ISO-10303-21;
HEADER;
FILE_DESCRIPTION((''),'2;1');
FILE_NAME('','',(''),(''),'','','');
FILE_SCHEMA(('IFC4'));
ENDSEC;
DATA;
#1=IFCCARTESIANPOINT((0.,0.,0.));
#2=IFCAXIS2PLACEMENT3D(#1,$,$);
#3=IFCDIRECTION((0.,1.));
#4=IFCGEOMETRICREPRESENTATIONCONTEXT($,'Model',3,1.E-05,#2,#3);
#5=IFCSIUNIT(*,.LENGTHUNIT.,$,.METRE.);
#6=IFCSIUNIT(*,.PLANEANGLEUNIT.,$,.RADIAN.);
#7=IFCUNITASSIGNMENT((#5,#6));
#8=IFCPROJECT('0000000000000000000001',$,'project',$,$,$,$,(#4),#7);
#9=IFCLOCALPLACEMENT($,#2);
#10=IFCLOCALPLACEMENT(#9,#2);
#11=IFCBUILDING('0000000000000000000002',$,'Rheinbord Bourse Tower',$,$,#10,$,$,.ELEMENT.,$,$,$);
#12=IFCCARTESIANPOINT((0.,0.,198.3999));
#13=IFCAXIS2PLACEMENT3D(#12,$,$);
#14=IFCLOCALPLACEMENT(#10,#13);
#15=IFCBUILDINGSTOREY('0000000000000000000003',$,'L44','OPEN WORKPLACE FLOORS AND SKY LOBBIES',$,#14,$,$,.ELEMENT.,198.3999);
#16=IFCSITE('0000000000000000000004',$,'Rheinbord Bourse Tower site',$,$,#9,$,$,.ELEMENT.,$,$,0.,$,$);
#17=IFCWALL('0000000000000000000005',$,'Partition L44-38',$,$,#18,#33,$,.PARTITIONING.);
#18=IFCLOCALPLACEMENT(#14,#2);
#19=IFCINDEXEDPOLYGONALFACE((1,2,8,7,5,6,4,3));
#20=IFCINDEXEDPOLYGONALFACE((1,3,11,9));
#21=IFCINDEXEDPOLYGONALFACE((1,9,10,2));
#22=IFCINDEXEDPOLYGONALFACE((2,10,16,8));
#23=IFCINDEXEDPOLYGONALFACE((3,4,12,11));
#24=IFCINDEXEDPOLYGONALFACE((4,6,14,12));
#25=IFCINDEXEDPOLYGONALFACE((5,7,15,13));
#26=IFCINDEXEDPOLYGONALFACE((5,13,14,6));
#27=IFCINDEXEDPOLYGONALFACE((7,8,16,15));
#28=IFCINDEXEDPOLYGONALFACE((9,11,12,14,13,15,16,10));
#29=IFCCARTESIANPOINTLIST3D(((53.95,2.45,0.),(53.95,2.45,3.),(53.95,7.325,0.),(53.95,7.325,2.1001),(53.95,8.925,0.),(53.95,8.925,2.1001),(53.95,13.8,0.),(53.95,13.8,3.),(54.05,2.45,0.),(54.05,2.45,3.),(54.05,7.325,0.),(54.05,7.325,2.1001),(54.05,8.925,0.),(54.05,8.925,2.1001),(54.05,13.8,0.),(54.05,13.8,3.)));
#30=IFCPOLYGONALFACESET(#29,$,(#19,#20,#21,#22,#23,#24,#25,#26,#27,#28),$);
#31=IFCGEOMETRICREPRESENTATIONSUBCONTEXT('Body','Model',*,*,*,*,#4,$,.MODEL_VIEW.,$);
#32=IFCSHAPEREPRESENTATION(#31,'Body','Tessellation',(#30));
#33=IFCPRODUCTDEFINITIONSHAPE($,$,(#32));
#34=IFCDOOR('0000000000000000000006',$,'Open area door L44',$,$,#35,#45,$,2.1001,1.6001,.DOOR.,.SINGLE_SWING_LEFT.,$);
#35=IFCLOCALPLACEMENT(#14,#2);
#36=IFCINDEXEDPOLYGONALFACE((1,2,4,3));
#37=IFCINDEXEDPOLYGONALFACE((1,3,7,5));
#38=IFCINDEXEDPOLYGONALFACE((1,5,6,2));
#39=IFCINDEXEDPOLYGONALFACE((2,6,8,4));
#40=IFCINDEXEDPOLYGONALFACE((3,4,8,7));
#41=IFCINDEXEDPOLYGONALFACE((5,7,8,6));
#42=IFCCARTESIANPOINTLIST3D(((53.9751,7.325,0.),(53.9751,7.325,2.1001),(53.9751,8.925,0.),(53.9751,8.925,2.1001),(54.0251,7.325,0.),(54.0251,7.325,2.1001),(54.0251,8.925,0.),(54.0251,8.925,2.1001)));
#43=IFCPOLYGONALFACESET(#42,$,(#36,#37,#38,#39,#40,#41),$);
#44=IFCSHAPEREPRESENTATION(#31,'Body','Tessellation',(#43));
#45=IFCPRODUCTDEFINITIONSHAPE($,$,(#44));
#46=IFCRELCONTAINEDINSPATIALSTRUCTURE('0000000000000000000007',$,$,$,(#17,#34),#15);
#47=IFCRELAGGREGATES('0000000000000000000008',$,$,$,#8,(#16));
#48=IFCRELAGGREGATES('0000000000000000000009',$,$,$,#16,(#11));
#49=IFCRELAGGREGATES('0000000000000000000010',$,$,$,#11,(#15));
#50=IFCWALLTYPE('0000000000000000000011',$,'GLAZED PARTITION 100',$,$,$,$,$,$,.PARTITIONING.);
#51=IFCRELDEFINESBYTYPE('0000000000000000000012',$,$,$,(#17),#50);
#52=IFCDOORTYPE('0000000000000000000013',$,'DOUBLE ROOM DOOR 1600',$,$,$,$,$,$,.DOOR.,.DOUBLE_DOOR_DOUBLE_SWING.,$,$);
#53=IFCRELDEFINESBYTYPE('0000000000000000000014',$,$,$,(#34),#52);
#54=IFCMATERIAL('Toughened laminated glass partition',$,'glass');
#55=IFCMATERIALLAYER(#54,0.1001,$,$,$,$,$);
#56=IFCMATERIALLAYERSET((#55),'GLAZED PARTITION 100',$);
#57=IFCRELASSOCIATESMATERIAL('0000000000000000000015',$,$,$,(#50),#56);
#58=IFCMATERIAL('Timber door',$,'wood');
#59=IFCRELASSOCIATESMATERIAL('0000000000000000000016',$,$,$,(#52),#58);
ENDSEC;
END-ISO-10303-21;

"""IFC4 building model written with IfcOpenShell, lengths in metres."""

from ifc_helpers import new_model, si_unit, direction, frame, frame_2d, origin, place, context, subcontext, project, spatial, rectangle, extrude, material, layer, layer_set, type_object, element, fill, save


model = new_model("IFC4")

# Units and contexts
model_context = context("Model", 3, precision=1e-05, world=origin(), true_north=direction((0.0, 1.0)))
body_context = subcontext(model_context, "Body", "Model", "MODEL_VIEW")
ifc_project = project(units=[si_unit("LENGTHUNIT", "METRE"), si_unit("PLANEANGLEUNIT", "RADIAN")], contexts=[model_context])

# Site, building, storey
site_placement = place(None, origin())
site = spatial("IfcSite", under=ifc_project, at=site_placement, Name="Rheinbord Bourse Tower site", CompositionType="ELEMENT", RefElevation=0.0)
building_placement = place(site_placement, origin())
building = spatial("IfcBuilding", under=site, at=building_placement, Name="Rheinbord Bourse Tower", CompositionType="ELEMENT")
storey_placement = place(building_placement, frame((0.0, 0.0, 198.3999)))
storey = spatial("IfcBuildingStorey", under=building, at=storey_placement, Name="L44", Description="OPEN WORKPLACE FLOORS AND SKY LOBBIES", CompositionType="ELEMENT", Elevation=198.3999)

# Wall, opening, door
ifc_material_1 = material(Name="Toughened laminated glass partition", Category="glass")
ifc_layer_1 = layer(ifc_material_1, 0.1001)
ifc_layer_set_1 = layer_set([ifc_layer_1], Name="GLAZED PARTITION 100")
wall_type_1 = type_object("IfcWallType", Name="GLAZED PARTITION 100", PredefinedType="PARTITIONING", material=ifc_layer_set_1)
wall_1_placement = place(storey_placement, frame((54.0, 2.45, 0.0), z_axis=(0.0, 0.0, 1.0), x_axis=(0.0, 1.0, 0.0)))
wall_1 = element("IfcWall", 1, at=wall_1_placement, inside=storey, type_object=wall_type_1, Name="Partition L44-38", PredefinedType="PARTITIONING", context=body_context, shape_type="SweptSolid", body=[
    extrude(rectangle(XDim=11.3501, YDim=0.1001, at=frame_2d((5.675, 0.0))), origin(), (0.0, 0.0, 1.0), 3.0),
])
opening_placement = place(wall_1_placement, frame((4.875, 0.0, 0.0)))
opening = element("IfcOpeningElement", 2, at=opening_placement, cuts=wall_1, PredefinedType="OPENING", context=body_context, shape_type="SweptSolid", body=[
    extrude(rectangle(XDim=1.6001, YDim=2.1001, at=frame_2d((0.8, 1.05))), frame((0.0, 0.0601, 0.0), z_axis=(0.0, -1.0, 0.0), x_axis=(1.0, 0.0, 0.0)), (0.0, 0.0, 1.0), 0.1201),
])
ifc_material_2 = material(Name="Timber door", Category="wood")
door_type = type_object("IfcDoorType", Name="DOUBLE ROOM DOOR 1600", OperationType="DOUBLE_DOOR_DOUBLE_SWING", PredefinedType="DOOR", material=ifc_material_2)
door_placement = place(opening_placement, origin())
door = element("IfcDoor", 3, at=door_placement, inside=storey, type_object=door_type, Name="Open area door L44", OperationType="SINGLE_SWING_LEFT", OverallHeight=2.1001, OverallWidth=1.6001, PredefinedType="DOOR", context=body_context, shape_type="SweptSolid", body=[
    extrude(rectangle(XDim=1.6001, YDim=2.1001, at=frame_2d((0.8, 1.05))), frame((0.0, 0.0249, 0.0), z_axis=(0.0, -1.0, 0.0), x_axis=(1.0, 0.0, 0.0)), (0.0, 0.0, 1.0), 0.05),
])
fill(opening, door)

save(model, "model.ifc")
